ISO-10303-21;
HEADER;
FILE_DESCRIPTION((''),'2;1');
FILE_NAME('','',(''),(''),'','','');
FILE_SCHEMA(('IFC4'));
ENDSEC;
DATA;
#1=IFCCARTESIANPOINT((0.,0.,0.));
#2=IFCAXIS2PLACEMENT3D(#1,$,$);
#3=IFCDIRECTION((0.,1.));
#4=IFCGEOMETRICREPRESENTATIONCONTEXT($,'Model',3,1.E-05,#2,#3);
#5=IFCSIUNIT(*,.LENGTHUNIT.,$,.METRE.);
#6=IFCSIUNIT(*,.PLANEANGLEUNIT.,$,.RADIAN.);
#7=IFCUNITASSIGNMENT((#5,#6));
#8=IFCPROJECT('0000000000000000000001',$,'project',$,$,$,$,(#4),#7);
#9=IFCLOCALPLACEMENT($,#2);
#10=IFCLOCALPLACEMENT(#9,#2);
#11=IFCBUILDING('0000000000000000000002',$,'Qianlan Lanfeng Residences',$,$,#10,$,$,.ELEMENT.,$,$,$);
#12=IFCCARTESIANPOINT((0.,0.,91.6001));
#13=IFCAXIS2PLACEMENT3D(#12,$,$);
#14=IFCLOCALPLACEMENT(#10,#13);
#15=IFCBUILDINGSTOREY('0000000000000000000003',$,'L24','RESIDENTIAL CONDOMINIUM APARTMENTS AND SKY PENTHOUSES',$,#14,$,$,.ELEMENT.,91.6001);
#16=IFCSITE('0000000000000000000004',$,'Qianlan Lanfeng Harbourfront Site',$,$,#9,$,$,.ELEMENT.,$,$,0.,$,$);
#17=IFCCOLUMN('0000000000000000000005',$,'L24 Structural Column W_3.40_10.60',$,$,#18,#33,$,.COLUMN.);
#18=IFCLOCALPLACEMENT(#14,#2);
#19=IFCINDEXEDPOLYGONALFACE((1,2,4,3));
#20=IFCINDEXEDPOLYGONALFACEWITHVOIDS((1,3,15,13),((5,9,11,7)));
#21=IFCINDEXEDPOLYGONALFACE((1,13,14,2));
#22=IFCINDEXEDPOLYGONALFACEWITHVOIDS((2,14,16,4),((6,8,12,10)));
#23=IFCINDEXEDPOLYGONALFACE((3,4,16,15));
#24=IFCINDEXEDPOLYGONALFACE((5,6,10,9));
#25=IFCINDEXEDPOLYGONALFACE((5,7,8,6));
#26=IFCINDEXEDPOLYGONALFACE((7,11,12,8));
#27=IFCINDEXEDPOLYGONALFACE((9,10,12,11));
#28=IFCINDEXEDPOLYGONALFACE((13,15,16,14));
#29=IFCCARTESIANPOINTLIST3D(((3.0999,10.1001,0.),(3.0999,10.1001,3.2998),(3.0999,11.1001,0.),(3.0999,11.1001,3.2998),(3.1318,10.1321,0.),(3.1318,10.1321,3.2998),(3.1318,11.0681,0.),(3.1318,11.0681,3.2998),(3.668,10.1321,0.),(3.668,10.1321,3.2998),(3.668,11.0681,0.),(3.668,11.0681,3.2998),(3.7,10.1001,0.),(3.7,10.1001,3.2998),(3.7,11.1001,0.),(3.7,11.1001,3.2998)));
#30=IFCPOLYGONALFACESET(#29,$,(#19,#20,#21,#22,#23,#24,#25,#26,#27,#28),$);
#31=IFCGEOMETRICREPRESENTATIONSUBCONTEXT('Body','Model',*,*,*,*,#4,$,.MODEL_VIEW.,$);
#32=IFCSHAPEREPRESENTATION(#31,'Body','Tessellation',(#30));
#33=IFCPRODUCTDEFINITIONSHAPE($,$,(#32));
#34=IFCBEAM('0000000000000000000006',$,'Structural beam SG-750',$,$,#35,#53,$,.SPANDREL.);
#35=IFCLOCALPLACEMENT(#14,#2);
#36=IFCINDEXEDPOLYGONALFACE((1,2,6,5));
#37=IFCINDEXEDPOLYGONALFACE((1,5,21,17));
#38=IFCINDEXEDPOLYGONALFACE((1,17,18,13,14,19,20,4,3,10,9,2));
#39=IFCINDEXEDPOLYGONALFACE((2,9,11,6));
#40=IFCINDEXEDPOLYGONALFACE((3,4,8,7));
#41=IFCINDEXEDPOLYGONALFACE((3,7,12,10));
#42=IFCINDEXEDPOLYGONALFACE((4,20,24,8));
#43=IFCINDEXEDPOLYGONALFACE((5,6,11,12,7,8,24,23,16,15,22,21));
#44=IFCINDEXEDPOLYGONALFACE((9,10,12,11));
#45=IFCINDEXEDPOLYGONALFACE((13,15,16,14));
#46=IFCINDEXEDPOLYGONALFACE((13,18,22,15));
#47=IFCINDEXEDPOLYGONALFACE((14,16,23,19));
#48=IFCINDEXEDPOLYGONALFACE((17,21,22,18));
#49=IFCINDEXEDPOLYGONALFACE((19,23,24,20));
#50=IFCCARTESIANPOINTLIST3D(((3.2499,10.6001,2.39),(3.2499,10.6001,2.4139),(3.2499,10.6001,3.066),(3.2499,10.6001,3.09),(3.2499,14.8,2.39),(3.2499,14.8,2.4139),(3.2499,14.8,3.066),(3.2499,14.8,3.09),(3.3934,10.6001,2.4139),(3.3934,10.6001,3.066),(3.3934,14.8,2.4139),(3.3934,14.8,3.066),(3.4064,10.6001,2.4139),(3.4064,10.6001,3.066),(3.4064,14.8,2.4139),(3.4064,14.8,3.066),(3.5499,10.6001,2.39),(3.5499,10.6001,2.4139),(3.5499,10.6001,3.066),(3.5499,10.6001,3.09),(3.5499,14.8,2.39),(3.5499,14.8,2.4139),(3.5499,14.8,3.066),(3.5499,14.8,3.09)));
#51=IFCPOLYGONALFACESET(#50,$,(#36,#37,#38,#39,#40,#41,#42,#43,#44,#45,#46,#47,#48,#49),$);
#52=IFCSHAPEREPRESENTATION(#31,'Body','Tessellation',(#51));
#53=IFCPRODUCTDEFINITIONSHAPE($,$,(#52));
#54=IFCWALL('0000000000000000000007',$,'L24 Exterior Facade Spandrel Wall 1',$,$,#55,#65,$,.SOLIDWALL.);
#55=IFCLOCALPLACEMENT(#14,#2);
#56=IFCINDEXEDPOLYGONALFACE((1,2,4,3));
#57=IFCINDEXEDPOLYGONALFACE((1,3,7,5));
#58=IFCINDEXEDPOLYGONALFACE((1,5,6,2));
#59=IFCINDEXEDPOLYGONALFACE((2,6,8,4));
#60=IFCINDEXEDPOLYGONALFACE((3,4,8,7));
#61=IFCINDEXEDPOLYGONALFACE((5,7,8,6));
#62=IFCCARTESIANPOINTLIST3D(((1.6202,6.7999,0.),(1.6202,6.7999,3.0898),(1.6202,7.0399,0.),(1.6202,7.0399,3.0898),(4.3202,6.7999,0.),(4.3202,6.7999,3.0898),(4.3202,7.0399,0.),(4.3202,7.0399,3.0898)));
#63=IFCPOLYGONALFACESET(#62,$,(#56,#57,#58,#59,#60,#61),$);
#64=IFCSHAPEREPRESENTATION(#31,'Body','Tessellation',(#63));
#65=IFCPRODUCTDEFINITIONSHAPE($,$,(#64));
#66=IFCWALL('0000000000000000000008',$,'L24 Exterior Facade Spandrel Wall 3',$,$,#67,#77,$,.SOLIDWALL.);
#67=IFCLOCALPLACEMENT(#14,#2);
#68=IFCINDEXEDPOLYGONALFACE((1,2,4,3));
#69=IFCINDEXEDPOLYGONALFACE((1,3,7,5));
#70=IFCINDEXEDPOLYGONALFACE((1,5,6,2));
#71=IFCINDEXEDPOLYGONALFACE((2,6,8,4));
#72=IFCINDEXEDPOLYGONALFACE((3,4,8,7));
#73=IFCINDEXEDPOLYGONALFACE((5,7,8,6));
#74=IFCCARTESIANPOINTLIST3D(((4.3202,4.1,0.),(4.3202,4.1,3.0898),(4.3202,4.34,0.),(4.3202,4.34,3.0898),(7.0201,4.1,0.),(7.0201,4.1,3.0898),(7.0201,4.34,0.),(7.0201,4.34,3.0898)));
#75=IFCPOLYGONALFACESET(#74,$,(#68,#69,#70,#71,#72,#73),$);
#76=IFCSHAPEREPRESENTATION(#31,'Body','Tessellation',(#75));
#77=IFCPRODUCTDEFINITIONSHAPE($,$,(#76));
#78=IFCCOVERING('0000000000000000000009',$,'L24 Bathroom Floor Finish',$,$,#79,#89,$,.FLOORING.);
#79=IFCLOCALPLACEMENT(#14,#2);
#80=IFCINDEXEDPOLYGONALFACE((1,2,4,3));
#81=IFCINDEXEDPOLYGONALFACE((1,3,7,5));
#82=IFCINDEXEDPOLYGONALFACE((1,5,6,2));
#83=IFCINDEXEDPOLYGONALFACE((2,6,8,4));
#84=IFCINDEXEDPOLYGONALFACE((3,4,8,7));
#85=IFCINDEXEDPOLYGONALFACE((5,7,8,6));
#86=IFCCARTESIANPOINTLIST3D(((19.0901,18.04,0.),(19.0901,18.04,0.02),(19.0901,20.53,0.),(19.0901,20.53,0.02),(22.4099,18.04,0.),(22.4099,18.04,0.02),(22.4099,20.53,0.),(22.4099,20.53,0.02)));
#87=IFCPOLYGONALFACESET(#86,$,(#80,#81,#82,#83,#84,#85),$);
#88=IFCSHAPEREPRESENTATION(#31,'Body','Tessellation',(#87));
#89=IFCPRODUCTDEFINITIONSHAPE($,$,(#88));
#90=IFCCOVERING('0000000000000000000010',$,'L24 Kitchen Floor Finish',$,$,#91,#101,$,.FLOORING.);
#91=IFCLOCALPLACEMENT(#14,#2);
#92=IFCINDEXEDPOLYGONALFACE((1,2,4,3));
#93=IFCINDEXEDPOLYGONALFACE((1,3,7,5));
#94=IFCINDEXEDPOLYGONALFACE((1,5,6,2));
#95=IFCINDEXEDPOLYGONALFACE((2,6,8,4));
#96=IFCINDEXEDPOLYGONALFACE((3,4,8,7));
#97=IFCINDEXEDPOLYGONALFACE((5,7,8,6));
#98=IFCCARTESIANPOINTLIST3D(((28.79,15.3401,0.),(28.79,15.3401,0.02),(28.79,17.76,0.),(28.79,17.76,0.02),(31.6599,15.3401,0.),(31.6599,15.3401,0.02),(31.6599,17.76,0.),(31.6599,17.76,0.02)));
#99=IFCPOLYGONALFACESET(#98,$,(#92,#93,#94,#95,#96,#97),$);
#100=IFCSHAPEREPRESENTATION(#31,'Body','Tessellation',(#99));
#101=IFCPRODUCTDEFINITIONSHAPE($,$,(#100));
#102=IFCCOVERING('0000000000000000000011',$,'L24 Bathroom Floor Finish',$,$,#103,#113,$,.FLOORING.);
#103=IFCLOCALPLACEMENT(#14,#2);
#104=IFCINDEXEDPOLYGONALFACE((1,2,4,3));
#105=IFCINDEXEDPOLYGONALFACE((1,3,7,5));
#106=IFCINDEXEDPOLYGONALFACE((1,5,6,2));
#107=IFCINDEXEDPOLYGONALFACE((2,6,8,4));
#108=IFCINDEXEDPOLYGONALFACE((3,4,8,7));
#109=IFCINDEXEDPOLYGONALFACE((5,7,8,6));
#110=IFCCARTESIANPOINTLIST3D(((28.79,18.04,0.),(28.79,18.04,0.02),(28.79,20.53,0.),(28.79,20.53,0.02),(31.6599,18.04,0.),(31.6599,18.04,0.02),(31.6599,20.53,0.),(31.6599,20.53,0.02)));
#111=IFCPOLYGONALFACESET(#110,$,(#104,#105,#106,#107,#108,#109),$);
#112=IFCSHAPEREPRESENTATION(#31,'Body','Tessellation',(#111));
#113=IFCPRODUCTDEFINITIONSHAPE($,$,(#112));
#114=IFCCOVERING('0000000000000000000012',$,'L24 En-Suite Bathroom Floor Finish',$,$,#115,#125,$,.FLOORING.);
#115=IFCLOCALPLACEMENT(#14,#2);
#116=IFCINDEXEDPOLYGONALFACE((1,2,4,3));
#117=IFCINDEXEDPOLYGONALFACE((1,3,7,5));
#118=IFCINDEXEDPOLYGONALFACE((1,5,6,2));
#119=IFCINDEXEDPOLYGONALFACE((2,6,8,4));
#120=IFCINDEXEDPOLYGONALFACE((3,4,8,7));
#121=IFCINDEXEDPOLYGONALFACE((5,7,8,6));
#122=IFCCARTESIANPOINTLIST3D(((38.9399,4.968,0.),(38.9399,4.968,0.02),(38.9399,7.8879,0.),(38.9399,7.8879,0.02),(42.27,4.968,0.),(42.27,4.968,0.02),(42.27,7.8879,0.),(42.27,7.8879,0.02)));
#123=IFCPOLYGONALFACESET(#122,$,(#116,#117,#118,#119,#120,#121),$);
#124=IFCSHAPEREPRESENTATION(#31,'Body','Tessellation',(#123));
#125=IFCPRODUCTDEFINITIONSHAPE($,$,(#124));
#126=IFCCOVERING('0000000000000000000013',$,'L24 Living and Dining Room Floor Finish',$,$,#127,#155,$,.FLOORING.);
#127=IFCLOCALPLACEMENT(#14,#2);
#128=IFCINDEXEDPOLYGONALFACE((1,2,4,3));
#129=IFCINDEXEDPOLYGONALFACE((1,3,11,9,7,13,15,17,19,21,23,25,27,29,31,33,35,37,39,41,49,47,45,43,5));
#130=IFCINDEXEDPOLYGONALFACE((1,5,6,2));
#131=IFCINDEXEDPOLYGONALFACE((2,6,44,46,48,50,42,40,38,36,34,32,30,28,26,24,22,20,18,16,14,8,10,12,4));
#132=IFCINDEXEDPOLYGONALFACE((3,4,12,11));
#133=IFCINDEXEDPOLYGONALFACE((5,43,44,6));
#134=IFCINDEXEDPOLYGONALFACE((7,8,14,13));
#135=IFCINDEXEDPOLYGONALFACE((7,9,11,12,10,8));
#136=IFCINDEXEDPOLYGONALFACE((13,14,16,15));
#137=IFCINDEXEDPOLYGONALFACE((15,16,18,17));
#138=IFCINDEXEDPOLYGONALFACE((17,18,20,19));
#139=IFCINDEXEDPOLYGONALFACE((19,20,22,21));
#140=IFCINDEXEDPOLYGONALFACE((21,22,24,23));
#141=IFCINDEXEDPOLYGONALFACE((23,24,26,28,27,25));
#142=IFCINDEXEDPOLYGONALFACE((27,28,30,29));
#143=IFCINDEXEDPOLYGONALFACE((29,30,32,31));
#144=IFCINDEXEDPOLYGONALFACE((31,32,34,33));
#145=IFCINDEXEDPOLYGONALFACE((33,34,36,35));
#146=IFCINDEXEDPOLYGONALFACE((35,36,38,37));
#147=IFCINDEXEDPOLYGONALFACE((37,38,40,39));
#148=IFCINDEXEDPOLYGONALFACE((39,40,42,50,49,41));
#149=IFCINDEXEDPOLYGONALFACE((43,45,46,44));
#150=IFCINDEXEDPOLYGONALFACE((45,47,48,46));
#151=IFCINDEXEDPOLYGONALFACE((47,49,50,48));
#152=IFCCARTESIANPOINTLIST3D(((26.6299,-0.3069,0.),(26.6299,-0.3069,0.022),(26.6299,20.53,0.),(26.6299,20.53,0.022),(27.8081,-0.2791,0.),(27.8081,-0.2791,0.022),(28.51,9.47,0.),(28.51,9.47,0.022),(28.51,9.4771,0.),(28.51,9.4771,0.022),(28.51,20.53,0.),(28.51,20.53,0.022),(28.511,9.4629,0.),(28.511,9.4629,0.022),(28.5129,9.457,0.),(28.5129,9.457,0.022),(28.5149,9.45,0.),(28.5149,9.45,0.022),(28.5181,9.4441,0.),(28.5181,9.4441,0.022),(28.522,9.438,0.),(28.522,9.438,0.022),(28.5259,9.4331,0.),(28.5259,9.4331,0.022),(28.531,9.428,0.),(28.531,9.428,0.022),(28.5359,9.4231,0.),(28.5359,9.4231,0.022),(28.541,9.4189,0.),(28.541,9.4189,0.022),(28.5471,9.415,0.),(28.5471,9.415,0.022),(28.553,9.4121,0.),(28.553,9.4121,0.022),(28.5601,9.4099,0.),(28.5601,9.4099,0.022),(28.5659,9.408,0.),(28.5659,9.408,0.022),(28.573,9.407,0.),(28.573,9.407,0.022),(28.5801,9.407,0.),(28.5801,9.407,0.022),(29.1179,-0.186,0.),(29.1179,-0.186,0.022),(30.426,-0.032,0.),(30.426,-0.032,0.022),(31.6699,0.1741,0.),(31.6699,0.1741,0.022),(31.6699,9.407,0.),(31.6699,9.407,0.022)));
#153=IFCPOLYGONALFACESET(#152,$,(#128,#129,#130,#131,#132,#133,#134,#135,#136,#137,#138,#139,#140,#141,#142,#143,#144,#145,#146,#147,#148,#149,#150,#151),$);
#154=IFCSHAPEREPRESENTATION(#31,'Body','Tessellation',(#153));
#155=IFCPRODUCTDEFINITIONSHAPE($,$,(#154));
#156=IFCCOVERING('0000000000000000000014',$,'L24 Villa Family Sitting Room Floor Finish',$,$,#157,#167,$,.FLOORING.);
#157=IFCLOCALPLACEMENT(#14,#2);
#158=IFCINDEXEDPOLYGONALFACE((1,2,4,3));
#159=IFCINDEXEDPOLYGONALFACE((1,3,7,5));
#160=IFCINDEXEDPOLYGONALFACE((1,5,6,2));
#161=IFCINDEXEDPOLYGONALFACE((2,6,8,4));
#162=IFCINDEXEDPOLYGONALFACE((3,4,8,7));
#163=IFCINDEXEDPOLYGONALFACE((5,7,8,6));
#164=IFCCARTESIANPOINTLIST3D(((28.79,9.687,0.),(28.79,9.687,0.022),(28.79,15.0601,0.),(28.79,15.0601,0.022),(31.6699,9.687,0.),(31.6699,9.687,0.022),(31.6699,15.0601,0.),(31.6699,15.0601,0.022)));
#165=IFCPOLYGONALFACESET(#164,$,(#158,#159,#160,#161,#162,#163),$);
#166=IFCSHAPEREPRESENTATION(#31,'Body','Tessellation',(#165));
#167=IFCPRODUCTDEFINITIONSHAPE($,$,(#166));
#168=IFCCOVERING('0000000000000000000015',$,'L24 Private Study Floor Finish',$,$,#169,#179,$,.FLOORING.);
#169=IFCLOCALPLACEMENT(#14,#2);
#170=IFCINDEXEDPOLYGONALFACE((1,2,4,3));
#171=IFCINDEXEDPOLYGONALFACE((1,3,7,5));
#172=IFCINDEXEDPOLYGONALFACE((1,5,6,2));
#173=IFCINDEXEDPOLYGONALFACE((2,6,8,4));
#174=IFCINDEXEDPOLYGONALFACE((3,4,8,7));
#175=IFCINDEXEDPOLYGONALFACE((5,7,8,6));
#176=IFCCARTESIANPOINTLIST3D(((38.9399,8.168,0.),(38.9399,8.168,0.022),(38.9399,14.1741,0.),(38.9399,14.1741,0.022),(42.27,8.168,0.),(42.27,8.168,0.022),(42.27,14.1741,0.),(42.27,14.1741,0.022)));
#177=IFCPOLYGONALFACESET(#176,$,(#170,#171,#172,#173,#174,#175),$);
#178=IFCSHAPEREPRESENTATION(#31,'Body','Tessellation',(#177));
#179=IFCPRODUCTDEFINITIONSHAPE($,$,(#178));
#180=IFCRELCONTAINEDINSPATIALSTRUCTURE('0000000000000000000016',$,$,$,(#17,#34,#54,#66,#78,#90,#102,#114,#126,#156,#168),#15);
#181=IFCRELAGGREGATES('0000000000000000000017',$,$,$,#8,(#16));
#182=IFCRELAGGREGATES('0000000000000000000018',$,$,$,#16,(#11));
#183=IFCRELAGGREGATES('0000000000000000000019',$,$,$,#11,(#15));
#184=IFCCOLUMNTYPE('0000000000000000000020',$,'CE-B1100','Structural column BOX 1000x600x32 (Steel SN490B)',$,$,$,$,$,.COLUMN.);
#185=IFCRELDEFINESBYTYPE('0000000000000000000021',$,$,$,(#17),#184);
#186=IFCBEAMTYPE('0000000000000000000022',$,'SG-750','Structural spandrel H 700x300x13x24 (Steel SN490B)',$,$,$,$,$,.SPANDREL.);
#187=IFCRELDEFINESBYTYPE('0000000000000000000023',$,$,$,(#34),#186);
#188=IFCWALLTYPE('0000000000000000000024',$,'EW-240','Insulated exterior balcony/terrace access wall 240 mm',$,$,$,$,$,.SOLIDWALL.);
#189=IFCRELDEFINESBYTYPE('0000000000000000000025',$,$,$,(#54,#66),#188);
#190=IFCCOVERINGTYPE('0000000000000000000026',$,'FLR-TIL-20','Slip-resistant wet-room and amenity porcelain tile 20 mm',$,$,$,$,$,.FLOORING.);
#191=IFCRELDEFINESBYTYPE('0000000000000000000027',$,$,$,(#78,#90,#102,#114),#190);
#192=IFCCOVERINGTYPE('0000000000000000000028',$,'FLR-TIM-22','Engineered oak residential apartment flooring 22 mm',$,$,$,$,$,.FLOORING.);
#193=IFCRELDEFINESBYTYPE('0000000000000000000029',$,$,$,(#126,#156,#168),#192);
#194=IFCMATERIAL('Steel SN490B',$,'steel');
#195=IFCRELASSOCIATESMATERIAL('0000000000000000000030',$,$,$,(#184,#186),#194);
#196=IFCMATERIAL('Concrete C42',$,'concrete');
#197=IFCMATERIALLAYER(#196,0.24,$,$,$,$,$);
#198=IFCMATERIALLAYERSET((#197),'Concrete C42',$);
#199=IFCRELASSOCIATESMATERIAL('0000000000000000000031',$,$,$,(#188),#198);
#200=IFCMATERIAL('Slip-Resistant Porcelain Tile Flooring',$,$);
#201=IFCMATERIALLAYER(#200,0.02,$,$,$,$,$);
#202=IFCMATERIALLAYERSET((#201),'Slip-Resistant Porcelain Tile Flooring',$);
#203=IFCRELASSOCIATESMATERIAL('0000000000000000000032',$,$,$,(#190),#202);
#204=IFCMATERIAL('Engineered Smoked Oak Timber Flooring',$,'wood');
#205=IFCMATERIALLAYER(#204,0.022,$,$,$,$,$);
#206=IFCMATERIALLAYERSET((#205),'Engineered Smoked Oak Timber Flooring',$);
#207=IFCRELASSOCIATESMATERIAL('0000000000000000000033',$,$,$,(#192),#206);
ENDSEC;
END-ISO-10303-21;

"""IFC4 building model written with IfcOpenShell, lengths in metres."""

from ifc_helpers import new_model, si_unit, direction, frame, frame_2d, origin, origin_2d, place, context, subcontext, project, spatial, polyline, rectangle, hollow_rectangle, i_section, outline, extrude, material, layer, layer_set, material_profile, profile_set, type_object, element, save


model = new_model("IFC4")

# Units and contexts
model_context = context("Model", 3, precision=1e-05, world=origin(), true_north=direction((0.0, 1.0)))
body_context = subcontext(model_context, "Body", "Model", "MODEL_VIEW")
ifc_project = project(units=[si_unit("LENGTHUNIT", "METRE"), si_unit("PLANEANGLEUNIT", "RADIAN")], contexts=[model_context])

# Site, building, storey
site_placement = place(None, origin())
site = spatial("IfcSite", under=ifc_project, at=site_placement, Name="Qianlan Lanfeng Harbourfront Site", CompositionType="ELEMENT", RefElevation=0.0)
building_placement = place(site_placement, origin())
building = spatial("IfcBuilding", under=site, at=building_placement, Name="Qianlan Lanfeng Residences", CompositionType="ELEMENT")
storey_placement = place(building_placement, frame((0.0, 0.0, 91.6001)))
storey = spatial("IfcBuildingStorey", under=building, at=storey_placement, Name="L24", Description="RESIDENTIAL CONDOMINIUM APARTMENTS AND SKY PENTHOUSES", CompositionType="ELEMENT", Elevation=91.6001)

# Column
ifc_material_1 = material(Name="Steel SN490B", Category="steel")
ifc_material_profile_1 = material_profile(ifc_material_1, hollow_rectangle(XDim=0.6001, YDim=1.0, WallThickness=0.032, at=origin_2d()), Name="BOX 1000x600x32")
ifc_profile_set_1 = profile_set([ifc_material_profile_1], Name="Steel SN490B")
column_type = type_object("IfcColumnType", Name="CE-B1100", Description="Structural column BOX 1000x600x32 (Steel SN490B)", PredefinedType="COLUMN", material=ifc_profile_set_1)
column_placement = place(storey_placement, frame((3.3999, 10.6001, 0.0), z_axis=(0.0, 0.0, 1.0), x_axis=(1.0, 0.0, 0.0)))
element("IfcColumn", 1, at=column_placement, inside=storey, type_object=column_type, Name="L24 Structural Column W_3.40_10.60", PredefinedType="COLUMN", context=body_context, shape_type="SweptSolid", body=[
    extrude(hollow_rectangle(XDim=0.6001, YDim=1.0, WallThickness=0.032, at=origin_2d()), origin(), (0.0, 0.0, 1.0), 3.2998),
])

# Beam
ifc_material_profile_2 = material_profile(ifc_material_1, i_section(OverallWidth=0.3, OverallDepth=0.7, WebThickness=0.0129, FlangeThickness=0.0239, at=origin_2d()), Name="H 700x300x13x24")
ifc_profile_set_2 = profile_set([ifc_material_profile_2], Name="Steel SN490B")
beam_type = type_object("IfcBeamType", Name="SG-750", Description="Structural spandrel H 700x300x13x24 (Steel SN490B)", PredefinedType="SPANDREL", material=ifc_profile_set_2)
beam_placement = place(storey_placement, frame((3.3999, 10.6001, 2.74), z_axis=(0.0, 1.0, 0.0), x_axis=(-1.0, 0.0, 0.0)))
element("IfcBeam", 2, at=beam_placement, inside=storey, type_object=beam_type, Name="Structural beam SG-750", PredefinedType="SPANDREL", context=body_context, shape_type="SweptSolid", body=[
    extrude(i_section(OverallWidth=0.3, OverallDepth=0.7, WebThickness=0.0129, FlangeThickness=0.0239, at=origin_2d()), origin(), (0.0, 0.0, 1.0), 4.2),
])

# Walls
ifc_material_2 = material(Name="Concrete C42", Category="concrete")
ifc_layer_1 = layer(ifc_material_2, 0.24)
ifc_layer_set_1 = layer_set([ifc_layer_1], Name="Concrete C42")
wall_type = type_object("IfcWallType", Name="EW-240", Description="Insulated exterior balcony/terrace access wall 240 mm", PredefinedType="SOLIDWALL", material=ifc_layer_set_1)
for number, where, z_axis, x_axis, name in (
    (3, (1.6201, 6.9199, 0.0), (0.0, 0.0, 1.0), (1.0, 0.0, 0.0), "L24 Exterior Facade Spandrel Wall 1"),
    (4, (4.3201, 4.22, 0.0), (0.0, 0.0, 1.0), (1.0, 0.0, 0.0), "L24 Exterior Facade Spandrel Wall 3"),
):
    element("IfcWall", number, at=place(storey_placement, frame(where, z_axis=z_axis, x_axis=x_axis)), inside=storey, type_object=wall_type, Name=name, PredefinedType="SOLIDWALL", context=body_context, shape_type="SweptSolid", body=[
        extrude(rectangle(XDim=2.7, YDim=0.24, at=frame_2d((1.3501, 0.0))), origin(), (0.0, 0.0, 1.0), 3.0898),
    ])

# Coverings
ifc_material_3 = material(Name="Slip-Resistant Porcelain Tile Flooring")
ifc_layer_2 = layer(ifc_material_3, 0.02)
ifc_layer_set_2 = layer_set([ifc_layer_2], Name="Slip-Resistant Porcelain Tile Flooring")
covering_type_1 = type_object("IfcCoveringType", Name="FLR-TIL-20", Description="Slip-resistant wet-room and amenity porcelain tile 20 mm", PredefinedType="FLOORING", material=ifc_layer_set_2)
covering_1_placement = place(storey_placement, origin())
element("IfcCovering", 5, at=covering_1_placement, inside=storey, type_object=covering_type_1, Name="L24 Bathroom Floor Finish", PredefinedType="FLOORING", context=body_context, shape_type="SweptSolid", body=[
    extrude(outline(polyline([(19.0901, 18.04), (22.4099, 18.04), (22.4099, 20.53), (19.0901, 20.53), (19.0901, 18.04)])), origin(), (0.0, 0.0, 1.0), 0.02),
])
covering_2_placement = place(storey_placement, origin())
element("IfcCovering", 6, at=covering_2_placement, inside=storey, type_object=covering_type_1, Name="L24 Kitchen Floor Finish", PredefinedType="FLOORING", context=body_context, shape_type="SweptSolid", body=[
    extrude(outline(polyline([(28.79, 15.3401), (31.6599, 15.3401), (31.6599, 17.76), (28.79, 17.76), (28.79, 15.3401)])), origin(), (0.0, 0.0, 1.0), 0.02),
])
covering_3_placement = place(storey_placement, origin())
element("IfcCovering", 7, at=covering_3_placement, inside=storey, type_object=covering_type_1, Name="L24 Bathroom Floor Finish", PredefinedType="FLOORING", context=body_context, shape_type="SweptSolid", body=[
    extrude(outline(polyline([(28.79, 18.04), (31.6599, 18.04), (31.6599, 20.53), (28.79, 20.53), (28.79, 18.04)])), origin(), (0.0, 0.0, 1.0), 0.02),
])
covering_4_placement = place(storey_placement, origin())
element("IfcCovering", 8, at=covering_4_placement, inside=storey, type_object=covering_type_1, Name="L24 En-Suite Bathroom Floor Finish", PredefinedType="FLOORING", context=body_context, shape_type="SweptSolid", body=[
    extrude(outline(polyline([(38.9399, 4.968), (42.27, 4.968), (42.27, 7.8879), (38.9399, 7.8879), (38.9399, 4.968)])), origin(), (0.0, 0.0, 1.0), 0.02),
])
ifc_material_4 = material(Name="Engineered Smoked Oak Timber Flooring", Category="wood")
ifc_layer_3 = layer(ifc_material_4, 0.022)
ifc_layer_set_3 = layer_set([ifc_layer_3], Name="Engineered Smoked Oak Timber Flooring")
covering_type_2 = type_object("IfcCoveringType", Name="FLR-TIM-22", Description="Engineered oak residential apartment flooring 22 mm", PredefinedType="FLOORING", material=ifc_layer_set_3)
covering_5_placement = place(storey_placement, origin())
element("IfcCovering", 9, at=covering_5_placement, inside=storey, type_object=covering_type_2, Name="L24 Living and Dining Room Floor Finish", PredefinedType="FLOORING", context=body_context, shape_type="SweptSolid", body=[
    extrude(outline(polyline([(31.6699, 0.1741), (31.6699, 9.407), (28.5801, 9.407), (28.573, 9.407), (28.5659, 9.408), (28.5601, 9.4099), (28.553, 9.4121), (28.5471, 9.415), (28.541, 9.4189), (28.5359, 9.4231), (28.531, 9.428), (28.5259, 9.4331), (28.522, 9.438), (28.5181, 9.4441), (28.5149, 9.45), (28.5129, 9.457), (28.511, 9.4629), (28.51, 9.47), (28.51, 9.4771), (28.51, 20.53), (26.6299, 20.53), (26.6299, -0.3069), (27.8081, -0.2791), (29.1179, -0.186), (30.426, -0.032), (31.6699, 0.1741)])), origin(), (0.0, 0.0, 1.0), 0.022),
])
covering_6_placement = place(storey_placement, origin())
element("IfcCovering", 10, at=covering_6_placement, inside=storey, type_object=covering_type_2, Name="L24 Villa Family Sitting Room Floor Finish", PredefinedType="FLOORING", context=body_context, shape_type="SweptSolid", body=[
    extrude(outline(polyline([(28.79, 15.0601), (28.79, 9.687), (31.6699, 9.687), (31.6699, 15.0601), (28.79, 15.0601)])), origin(), (0.0, 0.0, 1.0), 0.022),
])
covering_7_placement = place(storey_placement, origin())
element("IfcCovering", 11, at=covering_7_placement, inside=storey, type_object=covering_type_2, Name="L24 Private Study Floor Finish", PredefinedType="FLOORING", context=body_context, shape_type="SweptSolid", body=[
    extrude(outline(polyline([(38.9399, 8.168), (42.27, 8.168), (42.27, 14.1741), (38.9399, 14.1741), (38.9399, 8.168)])), origin(), (0.0, 0.0, 1.0), 0.022),
])

save(model, "model.ifc")
